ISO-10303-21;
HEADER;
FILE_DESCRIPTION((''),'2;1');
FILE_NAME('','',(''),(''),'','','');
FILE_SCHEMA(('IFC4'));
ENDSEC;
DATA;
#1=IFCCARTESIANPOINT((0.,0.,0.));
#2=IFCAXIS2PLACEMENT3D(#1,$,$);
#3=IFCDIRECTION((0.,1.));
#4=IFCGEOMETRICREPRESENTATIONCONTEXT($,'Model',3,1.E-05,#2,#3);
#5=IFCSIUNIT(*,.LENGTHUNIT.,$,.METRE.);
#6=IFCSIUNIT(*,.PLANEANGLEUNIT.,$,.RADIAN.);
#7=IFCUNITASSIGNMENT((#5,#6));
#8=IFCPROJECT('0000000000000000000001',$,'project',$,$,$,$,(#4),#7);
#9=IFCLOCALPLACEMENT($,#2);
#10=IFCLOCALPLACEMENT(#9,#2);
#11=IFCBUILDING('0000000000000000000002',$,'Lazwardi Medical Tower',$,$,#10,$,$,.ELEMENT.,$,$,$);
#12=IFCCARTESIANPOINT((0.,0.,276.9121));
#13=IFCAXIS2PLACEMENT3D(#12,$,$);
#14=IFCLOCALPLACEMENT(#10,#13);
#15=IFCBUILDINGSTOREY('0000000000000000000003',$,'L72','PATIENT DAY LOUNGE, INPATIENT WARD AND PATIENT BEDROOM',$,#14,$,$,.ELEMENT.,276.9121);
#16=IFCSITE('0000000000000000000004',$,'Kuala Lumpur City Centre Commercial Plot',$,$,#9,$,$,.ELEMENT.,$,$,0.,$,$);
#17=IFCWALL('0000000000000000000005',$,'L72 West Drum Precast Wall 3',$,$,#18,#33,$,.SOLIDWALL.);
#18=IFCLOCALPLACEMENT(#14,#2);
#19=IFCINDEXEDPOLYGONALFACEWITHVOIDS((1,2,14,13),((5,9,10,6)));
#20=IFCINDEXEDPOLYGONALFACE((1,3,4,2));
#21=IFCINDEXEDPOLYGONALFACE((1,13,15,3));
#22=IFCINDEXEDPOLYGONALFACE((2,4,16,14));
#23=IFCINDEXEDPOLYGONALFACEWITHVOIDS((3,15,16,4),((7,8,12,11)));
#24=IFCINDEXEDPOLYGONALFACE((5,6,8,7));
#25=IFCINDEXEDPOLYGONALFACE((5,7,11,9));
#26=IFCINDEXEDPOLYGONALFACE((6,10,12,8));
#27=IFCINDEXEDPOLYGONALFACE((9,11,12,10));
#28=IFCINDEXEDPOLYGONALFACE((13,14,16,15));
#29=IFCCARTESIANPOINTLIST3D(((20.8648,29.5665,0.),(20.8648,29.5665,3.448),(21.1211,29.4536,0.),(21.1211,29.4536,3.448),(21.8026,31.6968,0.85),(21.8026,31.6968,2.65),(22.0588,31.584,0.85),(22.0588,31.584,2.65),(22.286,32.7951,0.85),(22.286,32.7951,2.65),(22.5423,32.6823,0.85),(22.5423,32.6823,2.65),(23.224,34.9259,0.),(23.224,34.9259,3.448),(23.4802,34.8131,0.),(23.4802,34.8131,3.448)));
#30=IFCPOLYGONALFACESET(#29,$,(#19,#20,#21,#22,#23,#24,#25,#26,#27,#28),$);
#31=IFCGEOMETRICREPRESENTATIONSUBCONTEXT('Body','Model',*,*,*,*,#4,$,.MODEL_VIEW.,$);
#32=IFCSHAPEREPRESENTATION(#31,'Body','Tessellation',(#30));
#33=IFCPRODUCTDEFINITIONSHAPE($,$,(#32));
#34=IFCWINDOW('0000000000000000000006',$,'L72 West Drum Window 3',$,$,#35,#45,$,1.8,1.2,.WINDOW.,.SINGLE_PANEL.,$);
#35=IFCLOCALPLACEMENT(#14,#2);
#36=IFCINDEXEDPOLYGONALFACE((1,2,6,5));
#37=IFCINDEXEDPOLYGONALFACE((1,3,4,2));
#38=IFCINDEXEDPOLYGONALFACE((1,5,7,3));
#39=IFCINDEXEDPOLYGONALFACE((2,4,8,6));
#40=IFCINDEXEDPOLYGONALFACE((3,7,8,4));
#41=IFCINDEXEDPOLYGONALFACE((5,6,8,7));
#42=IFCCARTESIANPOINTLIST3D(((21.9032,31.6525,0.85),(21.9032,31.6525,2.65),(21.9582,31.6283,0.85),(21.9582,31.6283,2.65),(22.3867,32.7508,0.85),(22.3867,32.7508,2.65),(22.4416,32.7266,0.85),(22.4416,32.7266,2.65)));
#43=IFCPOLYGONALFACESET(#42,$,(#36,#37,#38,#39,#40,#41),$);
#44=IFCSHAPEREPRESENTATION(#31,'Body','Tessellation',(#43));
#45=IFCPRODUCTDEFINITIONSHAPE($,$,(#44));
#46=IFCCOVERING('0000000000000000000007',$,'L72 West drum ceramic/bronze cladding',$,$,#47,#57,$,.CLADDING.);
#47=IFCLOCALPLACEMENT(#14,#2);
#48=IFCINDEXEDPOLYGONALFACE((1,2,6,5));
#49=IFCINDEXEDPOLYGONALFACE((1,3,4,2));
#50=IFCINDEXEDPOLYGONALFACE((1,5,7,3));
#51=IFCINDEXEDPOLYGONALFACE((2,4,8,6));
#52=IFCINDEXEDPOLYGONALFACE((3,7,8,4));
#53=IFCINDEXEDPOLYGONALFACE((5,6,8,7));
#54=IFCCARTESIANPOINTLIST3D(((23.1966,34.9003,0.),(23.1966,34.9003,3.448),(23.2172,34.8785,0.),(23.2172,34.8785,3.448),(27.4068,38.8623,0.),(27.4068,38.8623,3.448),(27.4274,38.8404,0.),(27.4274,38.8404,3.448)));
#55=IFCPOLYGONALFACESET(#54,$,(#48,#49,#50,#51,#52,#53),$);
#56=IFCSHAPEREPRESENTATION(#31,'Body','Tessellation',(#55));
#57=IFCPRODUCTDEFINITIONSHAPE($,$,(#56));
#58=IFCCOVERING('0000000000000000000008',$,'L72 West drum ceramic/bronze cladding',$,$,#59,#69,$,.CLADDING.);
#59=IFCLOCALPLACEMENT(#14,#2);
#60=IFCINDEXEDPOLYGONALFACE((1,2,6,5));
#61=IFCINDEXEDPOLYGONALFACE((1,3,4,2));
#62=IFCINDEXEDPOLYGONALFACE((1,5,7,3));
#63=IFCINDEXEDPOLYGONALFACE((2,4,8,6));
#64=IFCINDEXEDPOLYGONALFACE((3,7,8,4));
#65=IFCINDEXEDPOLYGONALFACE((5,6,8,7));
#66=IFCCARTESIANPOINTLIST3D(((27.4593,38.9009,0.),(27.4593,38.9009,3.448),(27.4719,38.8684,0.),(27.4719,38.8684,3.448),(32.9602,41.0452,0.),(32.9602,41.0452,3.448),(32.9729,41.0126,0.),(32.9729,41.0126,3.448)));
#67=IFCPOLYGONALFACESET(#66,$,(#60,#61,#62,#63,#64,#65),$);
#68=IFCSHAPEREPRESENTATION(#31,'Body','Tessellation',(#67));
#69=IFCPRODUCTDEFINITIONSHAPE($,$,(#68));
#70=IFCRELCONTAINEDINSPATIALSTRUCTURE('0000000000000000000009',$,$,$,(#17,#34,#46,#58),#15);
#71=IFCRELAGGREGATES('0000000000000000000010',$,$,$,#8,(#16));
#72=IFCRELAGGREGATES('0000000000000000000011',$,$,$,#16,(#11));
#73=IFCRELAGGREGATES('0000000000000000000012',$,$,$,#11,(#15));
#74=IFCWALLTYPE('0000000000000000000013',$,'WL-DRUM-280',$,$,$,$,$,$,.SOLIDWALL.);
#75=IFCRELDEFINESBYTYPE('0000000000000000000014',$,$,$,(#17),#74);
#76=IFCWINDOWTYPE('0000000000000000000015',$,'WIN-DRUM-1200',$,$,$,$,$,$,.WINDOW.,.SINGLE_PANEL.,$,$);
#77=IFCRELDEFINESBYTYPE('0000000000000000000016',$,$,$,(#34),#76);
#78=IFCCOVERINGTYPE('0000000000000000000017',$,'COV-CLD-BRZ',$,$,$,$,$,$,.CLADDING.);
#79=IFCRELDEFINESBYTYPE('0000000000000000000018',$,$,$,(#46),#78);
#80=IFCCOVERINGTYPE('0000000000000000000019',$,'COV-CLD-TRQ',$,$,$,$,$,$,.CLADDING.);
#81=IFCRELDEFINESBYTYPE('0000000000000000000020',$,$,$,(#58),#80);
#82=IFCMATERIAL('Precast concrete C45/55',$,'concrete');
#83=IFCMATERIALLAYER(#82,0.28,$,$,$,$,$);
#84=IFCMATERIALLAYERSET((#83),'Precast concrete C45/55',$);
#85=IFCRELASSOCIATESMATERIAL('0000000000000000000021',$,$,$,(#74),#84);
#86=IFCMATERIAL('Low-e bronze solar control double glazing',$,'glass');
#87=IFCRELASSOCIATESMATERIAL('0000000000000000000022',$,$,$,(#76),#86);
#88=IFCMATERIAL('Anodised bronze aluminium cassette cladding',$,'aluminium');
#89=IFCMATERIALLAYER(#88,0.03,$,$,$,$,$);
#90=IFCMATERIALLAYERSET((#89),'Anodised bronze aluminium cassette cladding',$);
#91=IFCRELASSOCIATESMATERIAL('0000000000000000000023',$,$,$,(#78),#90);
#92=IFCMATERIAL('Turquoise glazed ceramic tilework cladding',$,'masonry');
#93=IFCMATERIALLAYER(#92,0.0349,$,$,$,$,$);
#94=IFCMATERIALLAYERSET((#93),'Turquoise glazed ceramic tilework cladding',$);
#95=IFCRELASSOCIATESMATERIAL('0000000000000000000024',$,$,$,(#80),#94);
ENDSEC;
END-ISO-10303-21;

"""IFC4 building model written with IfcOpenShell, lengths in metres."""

from ifc_helpers import new_model, si_unit, direction, frame, frame_2d, origin, origin_2d, place, context, subcontext, project, spatial, rectangle, extrude, material, layer, layer_set, type_object, element, fill, save


model = new_model("IFC4")

# Units and contexts
model_context = context("Model", 3, precision=1e-05, world=origin(), true_north=direction((0.0, 1.0)))
body_context = subcontext(model_context, "Body", "Model", "MODEL_VIEW")
ifc_project = project(units=[si_unit("LENGTHUNIT", "METRE"), si_unit("PLANEANGLEUNIT", "RADIAN")], contexts=[model_context])

# Site, building, storey
site_placement = place(None, origin())
site = spatial("IfcSite", under=ifc_project, at=site_placement, Name="Kuala Lumpur City Centre Commercial Plot", CompositionType="ELEMENT", RefElevation=0.0)
building_placement = place(site_placement, origin())
building = spatial("IfcBuilding", under=site, at=building_placement, Name="Lazwardi Medical Tower", CompositionType="ELEMENT")
storey_placement = place(building_placement, frame((0.0, 0.0, 276.9121)))
storey = spatial("IfcBuildingStorey", under=building, at=storey_placement, Name="L72", Description="PATIENT DAY LOUNGE, INPATIENT WARD AND PATIENT BEDROOM", CompositionType="ELEMENT", Elevation=276.9121)

# Wall, opening, window
ifc_material_1 = material(Name="Precast concrete C45/55", Category="concrete")
ifc_layer_1 = layer(ifc_material_1, 0.28)
ifc_layer_set_1 = layer_set([ifc_layer_1], Name="Precast concrete C45/55")
wall_type_1 = type_object("IfcWallType", Name="WL-DRUM-280", PredefinedType="SOLIDWALL", material=ifc_layer_set_1)
ifc_material_2 = material(Name="Low-e bronze solar control double glazing", Category="glass")
window_type = type_object("IfcWindowType", Name="WIN-DRUM-1200", PartitioningType="SINGLE_PANEL", PredefinedType="WINDOW", material=ifc_material_2)
wall_1_placement = place(storey_placement, frame((23.3521, 34.8694, 0.0), z_axis=(0.0, 0.0, 1.0), x_axis=(-0.402883, -0.915252, 0.0)))
wall_1 = element("IfcWall", 1, at=wall_1_placement, inside=storey, type_object=wall_type_1, Name="L72 West Drum Precast Wall 3", PredefinedType="SOLIDWALL", context=body_context, shape_type="SweptSolid", body=[
    extrude(rectangle(XDim=5.8557, YDim=0.28, at=frame_2d((2.9277, 0.0))), origin(), (0.0, 0.0, 1.0), 3.448),
])
opening_1_placement = place(wall_1_placement, frame((2.3279, 0.0, 0.8501)))
opening_1 = element("IfcOpeningElement", 2, at=opening_1_placement, cuts=wall_1, PredefinedType="OPENING", context=body_context, shape_type="SweptSolid", body=[
    extrude(rectangle(XDim=1.2, YDim=1.8, at=frame_2d((0.6001, 0.8999))), frame((0.0, 0.1499, 0.0), z_axis=(0.0, -1.0, 0.0), x_axis=(1.0, 0.0, 0.0)), (0.0, 0.0, 1.0), 0.3),
])
window_1_placement = place(opening_1_placement, origin())
window_1 = element("IfcWindow", 3, at=window_1_placement, inside=storey, type_object=window_type, Name="L72 West Drum Window 3", OverallHeight=1.8, OverallWidth=1.2, PartitioningType="SINGLE_PANEL", PredefinedType="WINDOW", context=body_context, shape_type="SweptSolid", body=[
    extrude(rectangle(XDim=1.2, YDim=1.8, at=frame_2d((0.6001, 0.8999))), frame((0.0, 0.03, 0.0), z_axis=(0.0, -1.0, 0.0), x_axis=(1.0, 0.0, 0.0)), (0.0, 0.0, 1.0), 0.0601),
])
fill(opening_1, window_1)

# Coverings
ifc_material_3 = material(Name="Anodised bronze aluminium cassette cladding", Category="aluminium")
ifc_layer_2 = layer(ifc_material_3, 0.03)
ifc_layer_set_2 = layer_set([ifc_layer_2], Name="Anodised bronze aluminium cassette cladding")
covering_type_1 = type_object("IfcCoveringType", Name="COV-CLD-BRZ", PredefinedType="CLADDING", material=ifc_layer_set_2)
covering_1_placement = place(storey_placement, frame((25.312, 36.8704, 0.0), z_axis=(0.0, 0.0, 1.0), x_axis=(-0.728255, -0.685306, 0.0)))
element("IfcCovering", 4, at=covering_1_placement, inside=storey, type_object=covering_type_1, Name="L72 West drum ceramic/bronze cladding", PredefinedType="CLADDING", context=body_context, shape_type="SweptSolid", body=[
    extrude(rectangle(XDim=5.7812, YDim=0.03, at=origin_2d()), origin(), (0.0, 0.0, 1.0), 3.448),
])
ifc_material_4 = material(Name="Turquoise glazed ceramic tilework cladding", Category="masonry")
ifc_layer_3 = layer(ifc_material_4, 0.0349)
ifc_layer_set_3 = layer_set([ifc_layer_3], Name="Turquoise glazed ceramic tilework cladding")
covering_type_2 = type_object("IfcCoveringType", Name="COV-CLD-TRQ", PredefinedType="CLADDING", material=ifc_layer_set_3)
covering_2_placement = place(storey_placement, frame((30.2161, 39.9568, 0.0), z_axis=(0.0, 0.0, 1.0), x_axis=(-0.93172, -0.363176, 0.0)))
element("IfcCovering", 5, at=covering_2_placement, inside=storey, type_object=covering_type_2, Name="L72 West drum ceramic/bronze cladding", PredefinedType="CLADDING", context=body_context, shape_type="SweptSolid", body=[
    extrude(rectangle(XDim=5.9041, YDim=0.0349, at=origin_2d()), origin(), (0.0, 0.0, 1.0), 3.448),
])

save(model, "model.ifc")
